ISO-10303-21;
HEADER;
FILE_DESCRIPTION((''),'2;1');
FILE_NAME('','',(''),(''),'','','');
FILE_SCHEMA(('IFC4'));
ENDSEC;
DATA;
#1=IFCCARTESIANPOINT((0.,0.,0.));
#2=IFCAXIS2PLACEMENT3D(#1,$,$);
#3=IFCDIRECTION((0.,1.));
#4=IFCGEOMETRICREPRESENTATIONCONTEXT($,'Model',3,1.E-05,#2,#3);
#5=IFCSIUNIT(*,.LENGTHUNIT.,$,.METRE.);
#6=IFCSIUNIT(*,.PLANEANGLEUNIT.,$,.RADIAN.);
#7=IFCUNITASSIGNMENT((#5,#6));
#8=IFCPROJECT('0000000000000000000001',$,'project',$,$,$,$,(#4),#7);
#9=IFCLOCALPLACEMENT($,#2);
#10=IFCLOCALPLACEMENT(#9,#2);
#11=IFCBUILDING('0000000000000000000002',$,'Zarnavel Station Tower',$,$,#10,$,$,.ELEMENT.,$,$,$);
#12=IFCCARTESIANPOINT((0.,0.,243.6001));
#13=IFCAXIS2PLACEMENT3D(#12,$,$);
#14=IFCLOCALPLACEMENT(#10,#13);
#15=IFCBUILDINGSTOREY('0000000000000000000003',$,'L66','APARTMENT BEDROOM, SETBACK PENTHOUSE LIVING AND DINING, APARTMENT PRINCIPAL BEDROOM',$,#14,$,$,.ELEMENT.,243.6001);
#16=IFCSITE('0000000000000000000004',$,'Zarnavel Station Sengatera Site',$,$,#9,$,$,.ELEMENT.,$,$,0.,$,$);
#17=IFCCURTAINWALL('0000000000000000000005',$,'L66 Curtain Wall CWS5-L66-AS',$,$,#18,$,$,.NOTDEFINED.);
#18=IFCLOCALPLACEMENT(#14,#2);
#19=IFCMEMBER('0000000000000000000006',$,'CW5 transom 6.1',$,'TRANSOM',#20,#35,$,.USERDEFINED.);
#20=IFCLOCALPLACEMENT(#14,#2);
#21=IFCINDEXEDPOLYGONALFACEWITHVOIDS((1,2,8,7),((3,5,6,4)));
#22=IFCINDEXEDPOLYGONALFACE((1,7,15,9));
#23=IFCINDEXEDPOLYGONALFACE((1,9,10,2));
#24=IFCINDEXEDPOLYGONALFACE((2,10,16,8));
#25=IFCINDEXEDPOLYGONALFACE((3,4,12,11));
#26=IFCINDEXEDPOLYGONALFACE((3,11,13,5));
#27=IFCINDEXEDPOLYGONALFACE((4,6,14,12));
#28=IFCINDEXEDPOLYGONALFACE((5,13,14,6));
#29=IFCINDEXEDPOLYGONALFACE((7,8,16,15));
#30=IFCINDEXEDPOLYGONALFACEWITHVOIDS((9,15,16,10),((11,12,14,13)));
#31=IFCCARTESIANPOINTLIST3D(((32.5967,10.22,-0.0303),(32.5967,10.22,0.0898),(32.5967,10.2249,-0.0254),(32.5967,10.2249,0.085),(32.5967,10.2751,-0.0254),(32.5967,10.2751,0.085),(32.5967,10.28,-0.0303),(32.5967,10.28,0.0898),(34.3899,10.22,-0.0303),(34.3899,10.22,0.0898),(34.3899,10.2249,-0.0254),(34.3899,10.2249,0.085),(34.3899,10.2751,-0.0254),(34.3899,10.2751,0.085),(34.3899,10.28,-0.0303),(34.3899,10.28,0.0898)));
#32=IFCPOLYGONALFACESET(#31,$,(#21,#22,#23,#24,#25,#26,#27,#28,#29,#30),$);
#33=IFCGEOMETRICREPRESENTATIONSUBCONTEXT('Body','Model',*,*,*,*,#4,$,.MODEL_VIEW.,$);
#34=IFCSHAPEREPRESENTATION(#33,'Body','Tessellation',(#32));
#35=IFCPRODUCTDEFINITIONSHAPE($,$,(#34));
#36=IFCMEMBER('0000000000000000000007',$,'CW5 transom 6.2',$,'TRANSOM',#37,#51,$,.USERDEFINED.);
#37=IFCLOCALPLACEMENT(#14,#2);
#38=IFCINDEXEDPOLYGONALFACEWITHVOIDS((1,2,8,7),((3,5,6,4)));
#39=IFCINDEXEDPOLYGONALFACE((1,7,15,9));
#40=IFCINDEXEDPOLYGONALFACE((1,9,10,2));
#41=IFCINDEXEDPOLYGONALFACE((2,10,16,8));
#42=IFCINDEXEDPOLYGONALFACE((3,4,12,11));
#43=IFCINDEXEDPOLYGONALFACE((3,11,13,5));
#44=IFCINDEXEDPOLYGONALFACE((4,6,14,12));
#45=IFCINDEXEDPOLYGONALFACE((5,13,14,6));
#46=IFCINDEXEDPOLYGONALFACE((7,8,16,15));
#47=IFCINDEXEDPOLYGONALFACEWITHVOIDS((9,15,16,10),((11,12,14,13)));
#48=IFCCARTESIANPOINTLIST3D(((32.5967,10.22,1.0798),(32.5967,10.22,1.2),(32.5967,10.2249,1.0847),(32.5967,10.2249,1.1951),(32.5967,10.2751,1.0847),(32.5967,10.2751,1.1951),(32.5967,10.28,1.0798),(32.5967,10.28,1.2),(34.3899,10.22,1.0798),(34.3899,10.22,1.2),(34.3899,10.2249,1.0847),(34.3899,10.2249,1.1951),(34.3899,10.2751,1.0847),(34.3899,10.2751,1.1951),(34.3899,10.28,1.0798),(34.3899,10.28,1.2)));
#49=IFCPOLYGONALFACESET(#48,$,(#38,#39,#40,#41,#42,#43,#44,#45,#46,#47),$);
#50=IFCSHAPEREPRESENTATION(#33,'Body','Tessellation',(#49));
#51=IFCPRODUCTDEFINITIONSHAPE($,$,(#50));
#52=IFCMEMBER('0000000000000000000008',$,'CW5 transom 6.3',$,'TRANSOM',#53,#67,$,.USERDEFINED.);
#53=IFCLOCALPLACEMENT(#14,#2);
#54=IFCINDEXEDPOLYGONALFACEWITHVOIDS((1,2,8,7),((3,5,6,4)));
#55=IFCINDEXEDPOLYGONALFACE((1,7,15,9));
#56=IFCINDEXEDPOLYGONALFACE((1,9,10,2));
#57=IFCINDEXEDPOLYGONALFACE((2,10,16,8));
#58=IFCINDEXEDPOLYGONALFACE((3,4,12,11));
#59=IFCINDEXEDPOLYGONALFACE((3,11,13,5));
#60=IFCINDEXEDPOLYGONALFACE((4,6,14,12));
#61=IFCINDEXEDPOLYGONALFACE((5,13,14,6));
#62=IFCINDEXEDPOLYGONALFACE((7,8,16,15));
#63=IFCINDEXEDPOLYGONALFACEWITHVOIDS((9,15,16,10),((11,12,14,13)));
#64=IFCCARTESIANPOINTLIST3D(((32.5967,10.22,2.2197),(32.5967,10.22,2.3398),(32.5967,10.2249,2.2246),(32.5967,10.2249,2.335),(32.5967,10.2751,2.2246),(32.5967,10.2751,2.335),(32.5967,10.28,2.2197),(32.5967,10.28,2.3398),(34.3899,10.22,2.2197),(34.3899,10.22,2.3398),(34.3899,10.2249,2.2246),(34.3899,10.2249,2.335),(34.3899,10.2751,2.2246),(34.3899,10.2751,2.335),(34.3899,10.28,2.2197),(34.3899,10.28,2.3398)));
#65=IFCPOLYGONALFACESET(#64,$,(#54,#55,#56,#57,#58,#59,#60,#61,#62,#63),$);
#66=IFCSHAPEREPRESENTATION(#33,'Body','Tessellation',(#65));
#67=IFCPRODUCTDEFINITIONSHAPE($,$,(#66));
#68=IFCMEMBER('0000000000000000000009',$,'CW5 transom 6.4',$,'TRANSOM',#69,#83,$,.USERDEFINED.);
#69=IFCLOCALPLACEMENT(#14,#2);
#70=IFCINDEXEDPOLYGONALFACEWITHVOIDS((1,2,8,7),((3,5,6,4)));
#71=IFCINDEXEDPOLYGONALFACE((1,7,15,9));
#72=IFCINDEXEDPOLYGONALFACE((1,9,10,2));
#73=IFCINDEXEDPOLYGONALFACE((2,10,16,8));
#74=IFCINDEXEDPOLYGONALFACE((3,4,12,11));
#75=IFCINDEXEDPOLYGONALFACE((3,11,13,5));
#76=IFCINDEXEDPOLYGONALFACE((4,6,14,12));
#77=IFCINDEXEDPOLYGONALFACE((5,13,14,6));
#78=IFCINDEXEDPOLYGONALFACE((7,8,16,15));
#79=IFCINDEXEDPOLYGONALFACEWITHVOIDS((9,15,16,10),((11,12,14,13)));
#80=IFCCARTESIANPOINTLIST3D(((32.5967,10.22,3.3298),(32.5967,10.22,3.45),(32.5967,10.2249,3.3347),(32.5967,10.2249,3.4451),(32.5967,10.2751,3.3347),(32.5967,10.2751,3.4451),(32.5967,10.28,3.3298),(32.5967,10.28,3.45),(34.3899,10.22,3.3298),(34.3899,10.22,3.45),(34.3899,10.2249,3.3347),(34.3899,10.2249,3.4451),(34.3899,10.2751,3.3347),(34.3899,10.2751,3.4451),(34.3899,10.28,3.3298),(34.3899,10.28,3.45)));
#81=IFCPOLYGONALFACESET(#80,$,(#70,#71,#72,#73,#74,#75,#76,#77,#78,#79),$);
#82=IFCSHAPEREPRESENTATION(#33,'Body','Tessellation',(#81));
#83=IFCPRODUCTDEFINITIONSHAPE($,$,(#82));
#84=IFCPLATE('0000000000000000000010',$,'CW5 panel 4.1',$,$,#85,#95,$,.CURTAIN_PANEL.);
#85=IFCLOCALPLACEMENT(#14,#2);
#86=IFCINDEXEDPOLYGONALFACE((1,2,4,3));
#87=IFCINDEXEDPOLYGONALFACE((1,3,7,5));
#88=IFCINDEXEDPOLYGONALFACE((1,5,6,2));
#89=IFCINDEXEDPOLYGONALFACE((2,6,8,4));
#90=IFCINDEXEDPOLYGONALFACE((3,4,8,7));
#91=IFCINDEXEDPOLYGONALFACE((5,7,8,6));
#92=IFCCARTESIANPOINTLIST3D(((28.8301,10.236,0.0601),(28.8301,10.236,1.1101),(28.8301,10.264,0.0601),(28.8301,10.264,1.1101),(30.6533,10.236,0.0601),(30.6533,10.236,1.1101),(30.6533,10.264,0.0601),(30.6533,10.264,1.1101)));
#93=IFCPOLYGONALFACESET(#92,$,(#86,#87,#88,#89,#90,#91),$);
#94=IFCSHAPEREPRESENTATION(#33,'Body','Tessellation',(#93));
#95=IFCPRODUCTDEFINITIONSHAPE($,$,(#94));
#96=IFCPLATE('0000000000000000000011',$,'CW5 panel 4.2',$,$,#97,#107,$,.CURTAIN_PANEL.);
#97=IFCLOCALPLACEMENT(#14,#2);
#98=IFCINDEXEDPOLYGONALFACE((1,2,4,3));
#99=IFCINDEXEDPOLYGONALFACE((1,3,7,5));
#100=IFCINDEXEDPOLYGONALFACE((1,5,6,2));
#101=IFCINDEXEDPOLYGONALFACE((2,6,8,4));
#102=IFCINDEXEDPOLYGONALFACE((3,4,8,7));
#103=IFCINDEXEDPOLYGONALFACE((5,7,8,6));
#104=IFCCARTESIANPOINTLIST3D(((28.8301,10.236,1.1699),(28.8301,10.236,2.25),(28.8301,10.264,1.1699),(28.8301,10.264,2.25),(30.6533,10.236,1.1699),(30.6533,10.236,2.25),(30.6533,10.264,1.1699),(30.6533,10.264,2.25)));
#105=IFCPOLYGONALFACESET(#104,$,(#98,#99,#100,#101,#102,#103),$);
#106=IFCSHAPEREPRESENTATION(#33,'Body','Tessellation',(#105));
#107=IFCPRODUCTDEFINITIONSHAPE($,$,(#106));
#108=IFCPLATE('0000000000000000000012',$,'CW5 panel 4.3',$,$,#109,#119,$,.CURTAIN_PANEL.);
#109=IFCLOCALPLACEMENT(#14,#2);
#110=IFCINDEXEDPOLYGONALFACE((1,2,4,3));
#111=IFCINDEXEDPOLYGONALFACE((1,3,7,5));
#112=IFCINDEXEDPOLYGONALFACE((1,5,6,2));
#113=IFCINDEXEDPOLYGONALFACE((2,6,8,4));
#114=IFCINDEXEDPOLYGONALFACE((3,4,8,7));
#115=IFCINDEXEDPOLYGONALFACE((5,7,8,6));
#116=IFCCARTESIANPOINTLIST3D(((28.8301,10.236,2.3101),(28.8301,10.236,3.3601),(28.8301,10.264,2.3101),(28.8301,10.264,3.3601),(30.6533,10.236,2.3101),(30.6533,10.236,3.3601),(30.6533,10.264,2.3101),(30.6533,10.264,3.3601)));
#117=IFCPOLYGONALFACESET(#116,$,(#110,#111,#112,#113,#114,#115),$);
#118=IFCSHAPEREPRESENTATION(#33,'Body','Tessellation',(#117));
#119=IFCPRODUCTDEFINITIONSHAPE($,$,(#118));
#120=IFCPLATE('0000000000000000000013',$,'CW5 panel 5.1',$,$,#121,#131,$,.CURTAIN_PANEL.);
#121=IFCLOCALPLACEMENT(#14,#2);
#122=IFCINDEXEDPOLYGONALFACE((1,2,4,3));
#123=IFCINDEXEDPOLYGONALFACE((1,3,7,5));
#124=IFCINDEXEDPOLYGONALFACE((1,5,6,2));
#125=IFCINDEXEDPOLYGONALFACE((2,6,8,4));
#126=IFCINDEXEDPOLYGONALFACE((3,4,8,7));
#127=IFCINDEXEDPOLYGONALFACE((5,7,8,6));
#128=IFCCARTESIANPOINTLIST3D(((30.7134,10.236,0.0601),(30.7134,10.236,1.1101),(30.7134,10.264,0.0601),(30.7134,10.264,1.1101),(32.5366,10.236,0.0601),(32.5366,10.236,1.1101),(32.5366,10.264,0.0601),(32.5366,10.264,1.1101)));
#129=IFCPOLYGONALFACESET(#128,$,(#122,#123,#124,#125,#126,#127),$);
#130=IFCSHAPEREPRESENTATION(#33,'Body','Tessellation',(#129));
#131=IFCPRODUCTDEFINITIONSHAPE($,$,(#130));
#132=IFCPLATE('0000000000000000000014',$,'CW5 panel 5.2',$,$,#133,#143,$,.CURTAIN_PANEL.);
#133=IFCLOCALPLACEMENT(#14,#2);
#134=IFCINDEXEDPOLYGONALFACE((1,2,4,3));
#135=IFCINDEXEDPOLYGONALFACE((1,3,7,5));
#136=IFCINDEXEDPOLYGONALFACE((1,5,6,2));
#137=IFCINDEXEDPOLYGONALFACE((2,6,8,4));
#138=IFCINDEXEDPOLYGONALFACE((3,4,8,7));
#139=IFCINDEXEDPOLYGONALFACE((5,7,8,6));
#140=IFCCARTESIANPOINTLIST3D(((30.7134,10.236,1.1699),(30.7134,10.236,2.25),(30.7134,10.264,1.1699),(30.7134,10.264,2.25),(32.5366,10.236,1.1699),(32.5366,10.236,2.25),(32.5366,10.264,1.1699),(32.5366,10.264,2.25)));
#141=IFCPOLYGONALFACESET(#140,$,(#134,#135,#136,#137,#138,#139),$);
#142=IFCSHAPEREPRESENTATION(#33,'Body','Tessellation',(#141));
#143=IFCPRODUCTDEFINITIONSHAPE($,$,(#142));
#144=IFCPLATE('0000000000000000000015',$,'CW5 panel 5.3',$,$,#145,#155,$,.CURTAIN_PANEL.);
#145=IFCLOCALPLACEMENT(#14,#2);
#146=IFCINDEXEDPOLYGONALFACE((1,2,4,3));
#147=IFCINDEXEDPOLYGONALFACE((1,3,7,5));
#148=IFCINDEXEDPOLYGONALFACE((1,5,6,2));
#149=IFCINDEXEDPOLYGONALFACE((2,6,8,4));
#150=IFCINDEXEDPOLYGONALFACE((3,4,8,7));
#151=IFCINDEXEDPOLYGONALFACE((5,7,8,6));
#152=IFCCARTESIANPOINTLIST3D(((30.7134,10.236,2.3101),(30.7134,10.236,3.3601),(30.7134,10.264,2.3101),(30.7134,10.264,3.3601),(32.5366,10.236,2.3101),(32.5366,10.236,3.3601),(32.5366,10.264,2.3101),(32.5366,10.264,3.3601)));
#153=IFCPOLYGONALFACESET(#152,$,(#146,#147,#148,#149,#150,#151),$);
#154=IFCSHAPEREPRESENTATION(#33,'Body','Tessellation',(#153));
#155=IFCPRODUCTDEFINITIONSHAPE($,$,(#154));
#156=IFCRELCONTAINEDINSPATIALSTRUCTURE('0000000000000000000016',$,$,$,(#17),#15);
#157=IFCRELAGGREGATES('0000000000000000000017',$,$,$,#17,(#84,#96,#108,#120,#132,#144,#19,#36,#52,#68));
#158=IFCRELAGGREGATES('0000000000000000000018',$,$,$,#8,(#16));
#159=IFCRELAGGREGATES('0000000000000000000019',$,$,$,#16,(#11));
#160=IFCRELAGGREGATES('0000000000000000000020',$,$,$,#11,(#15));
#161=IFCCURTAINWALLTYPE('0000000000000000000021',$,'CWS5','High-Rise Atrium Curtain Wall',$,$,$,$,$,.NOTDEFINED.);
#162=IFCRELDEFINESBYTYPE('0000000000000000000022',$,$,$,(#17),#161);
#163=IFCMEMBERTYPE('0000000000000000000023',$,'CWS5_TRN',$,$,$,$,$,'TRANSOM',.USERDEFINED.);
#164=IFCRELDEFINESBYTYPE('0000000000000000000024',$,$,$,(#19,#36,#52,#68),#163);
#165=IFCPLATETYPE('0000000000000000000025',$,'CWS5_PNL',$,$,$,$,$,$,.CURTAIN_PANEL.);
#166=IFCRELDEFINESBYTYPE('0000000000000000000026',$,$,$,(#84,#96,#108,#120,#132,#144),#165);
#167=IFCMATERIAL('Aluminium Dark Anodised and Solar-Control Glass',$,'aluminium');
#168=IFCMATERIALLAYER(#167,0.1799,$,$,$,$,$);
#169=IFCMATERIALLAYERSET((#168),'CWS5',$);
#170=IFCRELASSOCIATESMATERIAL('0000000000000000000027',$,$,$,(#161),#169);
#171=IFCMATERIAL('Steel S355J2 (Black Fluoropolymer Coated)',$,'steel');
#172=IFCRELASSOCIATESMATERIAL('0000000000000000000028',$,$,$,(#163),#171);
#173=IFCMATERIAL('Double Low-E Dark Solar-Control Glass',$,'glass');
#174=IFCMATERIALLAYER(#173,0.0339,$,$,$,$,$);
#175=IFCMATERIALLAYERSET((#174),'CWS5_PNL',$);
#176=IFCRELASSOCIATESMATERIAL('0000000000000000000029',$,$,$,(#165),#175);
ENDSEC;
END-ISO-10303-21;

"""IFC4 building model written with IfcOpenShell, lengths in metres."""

from ifc_helpers import new_model, si_unit, direction, frame, origin, origin_2d, place, context, subcontext, project, spatial, rectangle, hollow_rectangle, extrude, material, layer, layer_set, material_profile, profile_set, type_object, element, aggregate, save


model = new_model("IFC4")

# Units and contexts
model_context = context("Model", 3, precision=1e-05, world=origin(), true_north=direction((0.0, 1.0)))
body_context = subcontext(model_context, "Body", "Model", "MODEL_VIEW")
ifc_project = project(units=[si_unit("LENGTHUNIT", "METRE"), si_unit("PLANEANGLEUNIT", "RADIAN")], contexts=[model_context])

# Site, building, storey
site_placement = place(None, origin())
site = spatial("IfcSite", under=ifc_project, at=site_placement, Name="Zarnavel Station Sengatera Site", CompositionType="ELEMENT", RefElevation=0.0)
building_placement = place(site_placement, origin())
building = spatial("IfcBuilding", under=site, at=building_placement, Name="Zarnavel Station Tower", CompositionType="ELEMENT")
storey_placement = place(building_placement, frame((0.0, 0.0, 243.6001)))
storey = spatial("IfcBuildingStorey", under=building, at=storey_placement, Name="L66", Description="APARTMENT BEDROOM, SETBACK PENTHOUSE LIVING AND DINING, APARTMENT PRINCIPAL BEDROOM", CompositionType="ELEMENT", Elevation=243.6001)

# Curtain wall, members, plates
ifc_material_1 = material(Name="Aluminium Dark Anodised and Solar-Control Glass", Category="aluminium")
ifc_layer_1 = layer(ifc_material_1, 0.1799)
ifc_layer_set_1 = layer_set([ifc_layer_1], Name="CWS5")
curtain_wall_type = type_object("IfcCurtainWallType", Name="CWS5", Description="High-Rise Atrium Curtain Wall", PredefinedType="NOTDEFINED", material=ifc_layer_set_1)
curtain_wall_placement = place(storey_placement, origin())
curtain_wall = element("IfcCurtainWall", 1, at=curtain_wall_placement, inside=storey, type_object=curtain_wall_type, Name="L66 Curtain Wall CWS5-L66-AS", PredefinedType="NOTDEFINED")
ifc_material_2 = material(Name="Steel S355J2 (Black Fluoropolymer Coated)", Category="steel")
ifc_material_profile_1 = material_profile(ifc_material_2, hollow_rectangle(XDim=0.0601, YDim=0.1201, WallThickness=0.0049, at=origin_2d()), Name="RHS120x60x5")
ifc_profile_set_1 = profile_set([ifc_material_profile_1], Name="Steel S355J2 (Black Fluoropolymer Coated)")
member_type_1 = type_object("IfcMemberType", Name="CWS5_TRN", ElementType="TRANSOM", PredefinedType="USERDEFINED", material=ifc_profile_set_1)
member_1_placement = place(storey_placement, frame((32.5967, 10.25, 0.0298), z_axis=(1.0, 0.0, 0.0), x_axis=(0.0, 1.0, 0.0)))
member_1 = element("IfcMember", 2, at=member_1_placement, type_object=member_type_1, Name="CW5 transom 6.1", ObjectType="TRANSOM", PredefinedType="USERDEFINED", context=body_context, shape_type="SweptSolid", body=[
    extrude(hollow_rectangle(XDim=0.0601, YDim=0.1201, WallThickness=0.0049, at=origin_2d()), origin(), (0.0, 0.0, 1.0), 1.7932),
])
member_2_placement = place(storey_placement, frame((32.5967, 10.25, 1.1399), z_axis=(1.0, 0.0, 0.0), x_axis=(0.0, 1.0, 0.0)))
member_2 = element("IfcMember", 3, at=member_2_placement, type_object=member_type_1, Name="CW5 transom 6.2", ObjectType="TRANSOM", PredefinedType="USERDEFINED", context=body_context, shape_type="SweptSolid", body=[
    extrude(hollow_rectangle(XDim=0.0601, YDim=0.1201, WallThickness=0.0049, at=origin_2d()), origin(), (0.0, 0.0, 1.0), 1.7932),
])
member_3_placement = place(storey_placement, frame((32.5967, 10.25, 2.2798), z_axis=(1.0, 0.0, 0.0), x_axis=(0.0, 1.0, 0.0)))
member_3 = element("IfcMember", 4, at=member_3_placement, type_object=member_type_1, Name="CW5 transom 6.3", ObjectType="TRANSOM", PredefinedType="USERDEFINED", context=body_context, shape_type="SweptSolid", body=[
    extrude(hollow_rectangle(XDim=0.0601, YDim=0.1201, WallThickness=0.0049, at=origin_2d()), origin(), (0.0, 0.0, 1.0), 1.7932),
])
member_4_placement = place(storey_placement, frame((32.5967, 10.25, 3.3899), z_axis=(1.0, 0.0, 0.0), x_axis=(0.0, 1.0, 0.0)))
member_4 = element("IfcMember", 5, at=member_4_placement, type_object=member_type_1, Name="CW5 transom 6.4", ObjectType="TRANSOM", PredefinedType="USERDEFINED", context=body_context, shape_type="SweptSolid", body=[
    extrude(hollow_rectangle(XDim=0.0601, YDim=0.1201, WallThickness=0.0049, at=origin_2d()), origin(), (0.0, 0.0, 1.0), 1.7932),
])
ifc_material_3 = material(Name="Double Low-E Dark Solar-Control Glass", Category="glass")
ifc_layer_2 = layer(ifc_material_3, 0.0339)
ifc_layer_set_2 = layer_set([ifc_layer_2], Name="CWS5_PNL")
plate_type = type_object("IfcPlateType", Name="CWS5_PNL", PredefinedType="CURTAIN_PANEL", material=ifc_layer_set_2)
plate_1_placement = place(storey_placement, frame((29.7417, 10.25, 0.0601), z_axis=(0.0, 0.0, 1.0), x_axis=(1.0, 0.0, 0.0)))
plate_1 = element("IfcPlate", 6, at=plate_1_placement, type_object=plate_type, Name="CW5 panel 4.1", PredefinedType="CURTAIN_PANEL", context=body_context, shape_type="SweptSolid", body=[
    extrude(rectangle(XDim=1.8232, YDim=0.0281, at=origin_2d()), origin(), (0.0, 0.0, 1.0), 1.05),
])
plate_2_placement = place(storey_placement, frame((29.7417, 10.25, 1.1699), z_axis=(0.0, 0.0, 1.0), x_axis=(1.0, 0.0, 0.0)))
plate_2 = element("IfcPlate", 7, at=plate_2_placement, type_object=plate_type, Name="CW5 panel 4.2", PredefinedType="CURTAIN_PANEL", context=body_context, shape_type="SweptSolid", body=[
    extrude(rectangle(XDim=1.8232, YDim=0.0281, at=origin_2d()), origin(), (0.0, 0.0, 1.0), 1.0801),
])
plate_3_placement = place(storey_placement, frame((29.7417, 10.25, 2.3101), z_axis=(0.0, 0.0, 1.0), x_axis=(1.0, 0.0, 0.0)))
plate_3 = element("IfcPlate", 8, at=plate_3_placement, type_object=plate_type, Name="CW5 panel 4.3", PredefinedType="CURTAIN_PANEL", context=body_context, shape_type="SweptSolid", body=[
    extrude(rectangle(XDim=1.8232, YDim=0.0281, at=origin_2d()), origin(), (0.0, 0.0, 1.0), 1.05),
])
plate_4_placement = place(storey_placement, frame((31.625, 10.25, 0.0601), z_axis=(0.0, 0.0, 1.0), x_axis=(1.0, 0.0, 0.0)))
plate_4 = element("IfcPlate", 9, at=plate_4_placement, type_object=plate_type, Name="CW5 panel 5.1", PredefinedType="CURTAIN_PANEL", context=body_context, shape_type="SweptSolid", body=[
    extrude(rectangle(XDim=1.8232, YDim=0.0281, at=origin_2d()), origin(), (0.0, 0.0, 1.0), 1.05),
])
plate_5_placement = place(storey_placement, frame((31.625, 10.25, 1.1699), z_axis=(0.0, 0.0, 1.0), x_axis=(1.0, 0.0, 0.0)))
plate_5 = element("IfcPlate", 10, at=plate_5_placement, type_object=plate_type, Name="CW5 panel 5.2", PredefinedType="CURTAIN_PANEL", context=body_context, shape_type="SweptSolid", body=[
    extrude(rectangle(XDim=1.8232, YDim=0.0281, at=origin_2d()), origin(), (0.0, 0.0, 1.0), 1.0801),
])
plate_6_placement = place(storey_placement, frame((31.625, 10.25, 2.3101), z_axis=(0.0, 0.0, 1.0), x_axis=(1.0, 0.0, 0.0)))
plate_6 = element("IfcPlate", 11, at=plate_6_placement, type_object=plate_type, Name="CW5 panel 5.3", PredefinedType="CURTAIN_PANEL", context=body_context, shape_type="SweptSolid", body=[
    extrude(rectangle(XDim=1.8232, YDim=0.0281, at=origin_2d()), origin(), (0.0, 0.0, 1.0), 1.05),
])
aggregate(curtain_wall, [plate_1, plate_2, plate_3, plate_4, plate_5, plate_6, member_1, member_2, member_3, member_4])

save(model, "model.ifc")
